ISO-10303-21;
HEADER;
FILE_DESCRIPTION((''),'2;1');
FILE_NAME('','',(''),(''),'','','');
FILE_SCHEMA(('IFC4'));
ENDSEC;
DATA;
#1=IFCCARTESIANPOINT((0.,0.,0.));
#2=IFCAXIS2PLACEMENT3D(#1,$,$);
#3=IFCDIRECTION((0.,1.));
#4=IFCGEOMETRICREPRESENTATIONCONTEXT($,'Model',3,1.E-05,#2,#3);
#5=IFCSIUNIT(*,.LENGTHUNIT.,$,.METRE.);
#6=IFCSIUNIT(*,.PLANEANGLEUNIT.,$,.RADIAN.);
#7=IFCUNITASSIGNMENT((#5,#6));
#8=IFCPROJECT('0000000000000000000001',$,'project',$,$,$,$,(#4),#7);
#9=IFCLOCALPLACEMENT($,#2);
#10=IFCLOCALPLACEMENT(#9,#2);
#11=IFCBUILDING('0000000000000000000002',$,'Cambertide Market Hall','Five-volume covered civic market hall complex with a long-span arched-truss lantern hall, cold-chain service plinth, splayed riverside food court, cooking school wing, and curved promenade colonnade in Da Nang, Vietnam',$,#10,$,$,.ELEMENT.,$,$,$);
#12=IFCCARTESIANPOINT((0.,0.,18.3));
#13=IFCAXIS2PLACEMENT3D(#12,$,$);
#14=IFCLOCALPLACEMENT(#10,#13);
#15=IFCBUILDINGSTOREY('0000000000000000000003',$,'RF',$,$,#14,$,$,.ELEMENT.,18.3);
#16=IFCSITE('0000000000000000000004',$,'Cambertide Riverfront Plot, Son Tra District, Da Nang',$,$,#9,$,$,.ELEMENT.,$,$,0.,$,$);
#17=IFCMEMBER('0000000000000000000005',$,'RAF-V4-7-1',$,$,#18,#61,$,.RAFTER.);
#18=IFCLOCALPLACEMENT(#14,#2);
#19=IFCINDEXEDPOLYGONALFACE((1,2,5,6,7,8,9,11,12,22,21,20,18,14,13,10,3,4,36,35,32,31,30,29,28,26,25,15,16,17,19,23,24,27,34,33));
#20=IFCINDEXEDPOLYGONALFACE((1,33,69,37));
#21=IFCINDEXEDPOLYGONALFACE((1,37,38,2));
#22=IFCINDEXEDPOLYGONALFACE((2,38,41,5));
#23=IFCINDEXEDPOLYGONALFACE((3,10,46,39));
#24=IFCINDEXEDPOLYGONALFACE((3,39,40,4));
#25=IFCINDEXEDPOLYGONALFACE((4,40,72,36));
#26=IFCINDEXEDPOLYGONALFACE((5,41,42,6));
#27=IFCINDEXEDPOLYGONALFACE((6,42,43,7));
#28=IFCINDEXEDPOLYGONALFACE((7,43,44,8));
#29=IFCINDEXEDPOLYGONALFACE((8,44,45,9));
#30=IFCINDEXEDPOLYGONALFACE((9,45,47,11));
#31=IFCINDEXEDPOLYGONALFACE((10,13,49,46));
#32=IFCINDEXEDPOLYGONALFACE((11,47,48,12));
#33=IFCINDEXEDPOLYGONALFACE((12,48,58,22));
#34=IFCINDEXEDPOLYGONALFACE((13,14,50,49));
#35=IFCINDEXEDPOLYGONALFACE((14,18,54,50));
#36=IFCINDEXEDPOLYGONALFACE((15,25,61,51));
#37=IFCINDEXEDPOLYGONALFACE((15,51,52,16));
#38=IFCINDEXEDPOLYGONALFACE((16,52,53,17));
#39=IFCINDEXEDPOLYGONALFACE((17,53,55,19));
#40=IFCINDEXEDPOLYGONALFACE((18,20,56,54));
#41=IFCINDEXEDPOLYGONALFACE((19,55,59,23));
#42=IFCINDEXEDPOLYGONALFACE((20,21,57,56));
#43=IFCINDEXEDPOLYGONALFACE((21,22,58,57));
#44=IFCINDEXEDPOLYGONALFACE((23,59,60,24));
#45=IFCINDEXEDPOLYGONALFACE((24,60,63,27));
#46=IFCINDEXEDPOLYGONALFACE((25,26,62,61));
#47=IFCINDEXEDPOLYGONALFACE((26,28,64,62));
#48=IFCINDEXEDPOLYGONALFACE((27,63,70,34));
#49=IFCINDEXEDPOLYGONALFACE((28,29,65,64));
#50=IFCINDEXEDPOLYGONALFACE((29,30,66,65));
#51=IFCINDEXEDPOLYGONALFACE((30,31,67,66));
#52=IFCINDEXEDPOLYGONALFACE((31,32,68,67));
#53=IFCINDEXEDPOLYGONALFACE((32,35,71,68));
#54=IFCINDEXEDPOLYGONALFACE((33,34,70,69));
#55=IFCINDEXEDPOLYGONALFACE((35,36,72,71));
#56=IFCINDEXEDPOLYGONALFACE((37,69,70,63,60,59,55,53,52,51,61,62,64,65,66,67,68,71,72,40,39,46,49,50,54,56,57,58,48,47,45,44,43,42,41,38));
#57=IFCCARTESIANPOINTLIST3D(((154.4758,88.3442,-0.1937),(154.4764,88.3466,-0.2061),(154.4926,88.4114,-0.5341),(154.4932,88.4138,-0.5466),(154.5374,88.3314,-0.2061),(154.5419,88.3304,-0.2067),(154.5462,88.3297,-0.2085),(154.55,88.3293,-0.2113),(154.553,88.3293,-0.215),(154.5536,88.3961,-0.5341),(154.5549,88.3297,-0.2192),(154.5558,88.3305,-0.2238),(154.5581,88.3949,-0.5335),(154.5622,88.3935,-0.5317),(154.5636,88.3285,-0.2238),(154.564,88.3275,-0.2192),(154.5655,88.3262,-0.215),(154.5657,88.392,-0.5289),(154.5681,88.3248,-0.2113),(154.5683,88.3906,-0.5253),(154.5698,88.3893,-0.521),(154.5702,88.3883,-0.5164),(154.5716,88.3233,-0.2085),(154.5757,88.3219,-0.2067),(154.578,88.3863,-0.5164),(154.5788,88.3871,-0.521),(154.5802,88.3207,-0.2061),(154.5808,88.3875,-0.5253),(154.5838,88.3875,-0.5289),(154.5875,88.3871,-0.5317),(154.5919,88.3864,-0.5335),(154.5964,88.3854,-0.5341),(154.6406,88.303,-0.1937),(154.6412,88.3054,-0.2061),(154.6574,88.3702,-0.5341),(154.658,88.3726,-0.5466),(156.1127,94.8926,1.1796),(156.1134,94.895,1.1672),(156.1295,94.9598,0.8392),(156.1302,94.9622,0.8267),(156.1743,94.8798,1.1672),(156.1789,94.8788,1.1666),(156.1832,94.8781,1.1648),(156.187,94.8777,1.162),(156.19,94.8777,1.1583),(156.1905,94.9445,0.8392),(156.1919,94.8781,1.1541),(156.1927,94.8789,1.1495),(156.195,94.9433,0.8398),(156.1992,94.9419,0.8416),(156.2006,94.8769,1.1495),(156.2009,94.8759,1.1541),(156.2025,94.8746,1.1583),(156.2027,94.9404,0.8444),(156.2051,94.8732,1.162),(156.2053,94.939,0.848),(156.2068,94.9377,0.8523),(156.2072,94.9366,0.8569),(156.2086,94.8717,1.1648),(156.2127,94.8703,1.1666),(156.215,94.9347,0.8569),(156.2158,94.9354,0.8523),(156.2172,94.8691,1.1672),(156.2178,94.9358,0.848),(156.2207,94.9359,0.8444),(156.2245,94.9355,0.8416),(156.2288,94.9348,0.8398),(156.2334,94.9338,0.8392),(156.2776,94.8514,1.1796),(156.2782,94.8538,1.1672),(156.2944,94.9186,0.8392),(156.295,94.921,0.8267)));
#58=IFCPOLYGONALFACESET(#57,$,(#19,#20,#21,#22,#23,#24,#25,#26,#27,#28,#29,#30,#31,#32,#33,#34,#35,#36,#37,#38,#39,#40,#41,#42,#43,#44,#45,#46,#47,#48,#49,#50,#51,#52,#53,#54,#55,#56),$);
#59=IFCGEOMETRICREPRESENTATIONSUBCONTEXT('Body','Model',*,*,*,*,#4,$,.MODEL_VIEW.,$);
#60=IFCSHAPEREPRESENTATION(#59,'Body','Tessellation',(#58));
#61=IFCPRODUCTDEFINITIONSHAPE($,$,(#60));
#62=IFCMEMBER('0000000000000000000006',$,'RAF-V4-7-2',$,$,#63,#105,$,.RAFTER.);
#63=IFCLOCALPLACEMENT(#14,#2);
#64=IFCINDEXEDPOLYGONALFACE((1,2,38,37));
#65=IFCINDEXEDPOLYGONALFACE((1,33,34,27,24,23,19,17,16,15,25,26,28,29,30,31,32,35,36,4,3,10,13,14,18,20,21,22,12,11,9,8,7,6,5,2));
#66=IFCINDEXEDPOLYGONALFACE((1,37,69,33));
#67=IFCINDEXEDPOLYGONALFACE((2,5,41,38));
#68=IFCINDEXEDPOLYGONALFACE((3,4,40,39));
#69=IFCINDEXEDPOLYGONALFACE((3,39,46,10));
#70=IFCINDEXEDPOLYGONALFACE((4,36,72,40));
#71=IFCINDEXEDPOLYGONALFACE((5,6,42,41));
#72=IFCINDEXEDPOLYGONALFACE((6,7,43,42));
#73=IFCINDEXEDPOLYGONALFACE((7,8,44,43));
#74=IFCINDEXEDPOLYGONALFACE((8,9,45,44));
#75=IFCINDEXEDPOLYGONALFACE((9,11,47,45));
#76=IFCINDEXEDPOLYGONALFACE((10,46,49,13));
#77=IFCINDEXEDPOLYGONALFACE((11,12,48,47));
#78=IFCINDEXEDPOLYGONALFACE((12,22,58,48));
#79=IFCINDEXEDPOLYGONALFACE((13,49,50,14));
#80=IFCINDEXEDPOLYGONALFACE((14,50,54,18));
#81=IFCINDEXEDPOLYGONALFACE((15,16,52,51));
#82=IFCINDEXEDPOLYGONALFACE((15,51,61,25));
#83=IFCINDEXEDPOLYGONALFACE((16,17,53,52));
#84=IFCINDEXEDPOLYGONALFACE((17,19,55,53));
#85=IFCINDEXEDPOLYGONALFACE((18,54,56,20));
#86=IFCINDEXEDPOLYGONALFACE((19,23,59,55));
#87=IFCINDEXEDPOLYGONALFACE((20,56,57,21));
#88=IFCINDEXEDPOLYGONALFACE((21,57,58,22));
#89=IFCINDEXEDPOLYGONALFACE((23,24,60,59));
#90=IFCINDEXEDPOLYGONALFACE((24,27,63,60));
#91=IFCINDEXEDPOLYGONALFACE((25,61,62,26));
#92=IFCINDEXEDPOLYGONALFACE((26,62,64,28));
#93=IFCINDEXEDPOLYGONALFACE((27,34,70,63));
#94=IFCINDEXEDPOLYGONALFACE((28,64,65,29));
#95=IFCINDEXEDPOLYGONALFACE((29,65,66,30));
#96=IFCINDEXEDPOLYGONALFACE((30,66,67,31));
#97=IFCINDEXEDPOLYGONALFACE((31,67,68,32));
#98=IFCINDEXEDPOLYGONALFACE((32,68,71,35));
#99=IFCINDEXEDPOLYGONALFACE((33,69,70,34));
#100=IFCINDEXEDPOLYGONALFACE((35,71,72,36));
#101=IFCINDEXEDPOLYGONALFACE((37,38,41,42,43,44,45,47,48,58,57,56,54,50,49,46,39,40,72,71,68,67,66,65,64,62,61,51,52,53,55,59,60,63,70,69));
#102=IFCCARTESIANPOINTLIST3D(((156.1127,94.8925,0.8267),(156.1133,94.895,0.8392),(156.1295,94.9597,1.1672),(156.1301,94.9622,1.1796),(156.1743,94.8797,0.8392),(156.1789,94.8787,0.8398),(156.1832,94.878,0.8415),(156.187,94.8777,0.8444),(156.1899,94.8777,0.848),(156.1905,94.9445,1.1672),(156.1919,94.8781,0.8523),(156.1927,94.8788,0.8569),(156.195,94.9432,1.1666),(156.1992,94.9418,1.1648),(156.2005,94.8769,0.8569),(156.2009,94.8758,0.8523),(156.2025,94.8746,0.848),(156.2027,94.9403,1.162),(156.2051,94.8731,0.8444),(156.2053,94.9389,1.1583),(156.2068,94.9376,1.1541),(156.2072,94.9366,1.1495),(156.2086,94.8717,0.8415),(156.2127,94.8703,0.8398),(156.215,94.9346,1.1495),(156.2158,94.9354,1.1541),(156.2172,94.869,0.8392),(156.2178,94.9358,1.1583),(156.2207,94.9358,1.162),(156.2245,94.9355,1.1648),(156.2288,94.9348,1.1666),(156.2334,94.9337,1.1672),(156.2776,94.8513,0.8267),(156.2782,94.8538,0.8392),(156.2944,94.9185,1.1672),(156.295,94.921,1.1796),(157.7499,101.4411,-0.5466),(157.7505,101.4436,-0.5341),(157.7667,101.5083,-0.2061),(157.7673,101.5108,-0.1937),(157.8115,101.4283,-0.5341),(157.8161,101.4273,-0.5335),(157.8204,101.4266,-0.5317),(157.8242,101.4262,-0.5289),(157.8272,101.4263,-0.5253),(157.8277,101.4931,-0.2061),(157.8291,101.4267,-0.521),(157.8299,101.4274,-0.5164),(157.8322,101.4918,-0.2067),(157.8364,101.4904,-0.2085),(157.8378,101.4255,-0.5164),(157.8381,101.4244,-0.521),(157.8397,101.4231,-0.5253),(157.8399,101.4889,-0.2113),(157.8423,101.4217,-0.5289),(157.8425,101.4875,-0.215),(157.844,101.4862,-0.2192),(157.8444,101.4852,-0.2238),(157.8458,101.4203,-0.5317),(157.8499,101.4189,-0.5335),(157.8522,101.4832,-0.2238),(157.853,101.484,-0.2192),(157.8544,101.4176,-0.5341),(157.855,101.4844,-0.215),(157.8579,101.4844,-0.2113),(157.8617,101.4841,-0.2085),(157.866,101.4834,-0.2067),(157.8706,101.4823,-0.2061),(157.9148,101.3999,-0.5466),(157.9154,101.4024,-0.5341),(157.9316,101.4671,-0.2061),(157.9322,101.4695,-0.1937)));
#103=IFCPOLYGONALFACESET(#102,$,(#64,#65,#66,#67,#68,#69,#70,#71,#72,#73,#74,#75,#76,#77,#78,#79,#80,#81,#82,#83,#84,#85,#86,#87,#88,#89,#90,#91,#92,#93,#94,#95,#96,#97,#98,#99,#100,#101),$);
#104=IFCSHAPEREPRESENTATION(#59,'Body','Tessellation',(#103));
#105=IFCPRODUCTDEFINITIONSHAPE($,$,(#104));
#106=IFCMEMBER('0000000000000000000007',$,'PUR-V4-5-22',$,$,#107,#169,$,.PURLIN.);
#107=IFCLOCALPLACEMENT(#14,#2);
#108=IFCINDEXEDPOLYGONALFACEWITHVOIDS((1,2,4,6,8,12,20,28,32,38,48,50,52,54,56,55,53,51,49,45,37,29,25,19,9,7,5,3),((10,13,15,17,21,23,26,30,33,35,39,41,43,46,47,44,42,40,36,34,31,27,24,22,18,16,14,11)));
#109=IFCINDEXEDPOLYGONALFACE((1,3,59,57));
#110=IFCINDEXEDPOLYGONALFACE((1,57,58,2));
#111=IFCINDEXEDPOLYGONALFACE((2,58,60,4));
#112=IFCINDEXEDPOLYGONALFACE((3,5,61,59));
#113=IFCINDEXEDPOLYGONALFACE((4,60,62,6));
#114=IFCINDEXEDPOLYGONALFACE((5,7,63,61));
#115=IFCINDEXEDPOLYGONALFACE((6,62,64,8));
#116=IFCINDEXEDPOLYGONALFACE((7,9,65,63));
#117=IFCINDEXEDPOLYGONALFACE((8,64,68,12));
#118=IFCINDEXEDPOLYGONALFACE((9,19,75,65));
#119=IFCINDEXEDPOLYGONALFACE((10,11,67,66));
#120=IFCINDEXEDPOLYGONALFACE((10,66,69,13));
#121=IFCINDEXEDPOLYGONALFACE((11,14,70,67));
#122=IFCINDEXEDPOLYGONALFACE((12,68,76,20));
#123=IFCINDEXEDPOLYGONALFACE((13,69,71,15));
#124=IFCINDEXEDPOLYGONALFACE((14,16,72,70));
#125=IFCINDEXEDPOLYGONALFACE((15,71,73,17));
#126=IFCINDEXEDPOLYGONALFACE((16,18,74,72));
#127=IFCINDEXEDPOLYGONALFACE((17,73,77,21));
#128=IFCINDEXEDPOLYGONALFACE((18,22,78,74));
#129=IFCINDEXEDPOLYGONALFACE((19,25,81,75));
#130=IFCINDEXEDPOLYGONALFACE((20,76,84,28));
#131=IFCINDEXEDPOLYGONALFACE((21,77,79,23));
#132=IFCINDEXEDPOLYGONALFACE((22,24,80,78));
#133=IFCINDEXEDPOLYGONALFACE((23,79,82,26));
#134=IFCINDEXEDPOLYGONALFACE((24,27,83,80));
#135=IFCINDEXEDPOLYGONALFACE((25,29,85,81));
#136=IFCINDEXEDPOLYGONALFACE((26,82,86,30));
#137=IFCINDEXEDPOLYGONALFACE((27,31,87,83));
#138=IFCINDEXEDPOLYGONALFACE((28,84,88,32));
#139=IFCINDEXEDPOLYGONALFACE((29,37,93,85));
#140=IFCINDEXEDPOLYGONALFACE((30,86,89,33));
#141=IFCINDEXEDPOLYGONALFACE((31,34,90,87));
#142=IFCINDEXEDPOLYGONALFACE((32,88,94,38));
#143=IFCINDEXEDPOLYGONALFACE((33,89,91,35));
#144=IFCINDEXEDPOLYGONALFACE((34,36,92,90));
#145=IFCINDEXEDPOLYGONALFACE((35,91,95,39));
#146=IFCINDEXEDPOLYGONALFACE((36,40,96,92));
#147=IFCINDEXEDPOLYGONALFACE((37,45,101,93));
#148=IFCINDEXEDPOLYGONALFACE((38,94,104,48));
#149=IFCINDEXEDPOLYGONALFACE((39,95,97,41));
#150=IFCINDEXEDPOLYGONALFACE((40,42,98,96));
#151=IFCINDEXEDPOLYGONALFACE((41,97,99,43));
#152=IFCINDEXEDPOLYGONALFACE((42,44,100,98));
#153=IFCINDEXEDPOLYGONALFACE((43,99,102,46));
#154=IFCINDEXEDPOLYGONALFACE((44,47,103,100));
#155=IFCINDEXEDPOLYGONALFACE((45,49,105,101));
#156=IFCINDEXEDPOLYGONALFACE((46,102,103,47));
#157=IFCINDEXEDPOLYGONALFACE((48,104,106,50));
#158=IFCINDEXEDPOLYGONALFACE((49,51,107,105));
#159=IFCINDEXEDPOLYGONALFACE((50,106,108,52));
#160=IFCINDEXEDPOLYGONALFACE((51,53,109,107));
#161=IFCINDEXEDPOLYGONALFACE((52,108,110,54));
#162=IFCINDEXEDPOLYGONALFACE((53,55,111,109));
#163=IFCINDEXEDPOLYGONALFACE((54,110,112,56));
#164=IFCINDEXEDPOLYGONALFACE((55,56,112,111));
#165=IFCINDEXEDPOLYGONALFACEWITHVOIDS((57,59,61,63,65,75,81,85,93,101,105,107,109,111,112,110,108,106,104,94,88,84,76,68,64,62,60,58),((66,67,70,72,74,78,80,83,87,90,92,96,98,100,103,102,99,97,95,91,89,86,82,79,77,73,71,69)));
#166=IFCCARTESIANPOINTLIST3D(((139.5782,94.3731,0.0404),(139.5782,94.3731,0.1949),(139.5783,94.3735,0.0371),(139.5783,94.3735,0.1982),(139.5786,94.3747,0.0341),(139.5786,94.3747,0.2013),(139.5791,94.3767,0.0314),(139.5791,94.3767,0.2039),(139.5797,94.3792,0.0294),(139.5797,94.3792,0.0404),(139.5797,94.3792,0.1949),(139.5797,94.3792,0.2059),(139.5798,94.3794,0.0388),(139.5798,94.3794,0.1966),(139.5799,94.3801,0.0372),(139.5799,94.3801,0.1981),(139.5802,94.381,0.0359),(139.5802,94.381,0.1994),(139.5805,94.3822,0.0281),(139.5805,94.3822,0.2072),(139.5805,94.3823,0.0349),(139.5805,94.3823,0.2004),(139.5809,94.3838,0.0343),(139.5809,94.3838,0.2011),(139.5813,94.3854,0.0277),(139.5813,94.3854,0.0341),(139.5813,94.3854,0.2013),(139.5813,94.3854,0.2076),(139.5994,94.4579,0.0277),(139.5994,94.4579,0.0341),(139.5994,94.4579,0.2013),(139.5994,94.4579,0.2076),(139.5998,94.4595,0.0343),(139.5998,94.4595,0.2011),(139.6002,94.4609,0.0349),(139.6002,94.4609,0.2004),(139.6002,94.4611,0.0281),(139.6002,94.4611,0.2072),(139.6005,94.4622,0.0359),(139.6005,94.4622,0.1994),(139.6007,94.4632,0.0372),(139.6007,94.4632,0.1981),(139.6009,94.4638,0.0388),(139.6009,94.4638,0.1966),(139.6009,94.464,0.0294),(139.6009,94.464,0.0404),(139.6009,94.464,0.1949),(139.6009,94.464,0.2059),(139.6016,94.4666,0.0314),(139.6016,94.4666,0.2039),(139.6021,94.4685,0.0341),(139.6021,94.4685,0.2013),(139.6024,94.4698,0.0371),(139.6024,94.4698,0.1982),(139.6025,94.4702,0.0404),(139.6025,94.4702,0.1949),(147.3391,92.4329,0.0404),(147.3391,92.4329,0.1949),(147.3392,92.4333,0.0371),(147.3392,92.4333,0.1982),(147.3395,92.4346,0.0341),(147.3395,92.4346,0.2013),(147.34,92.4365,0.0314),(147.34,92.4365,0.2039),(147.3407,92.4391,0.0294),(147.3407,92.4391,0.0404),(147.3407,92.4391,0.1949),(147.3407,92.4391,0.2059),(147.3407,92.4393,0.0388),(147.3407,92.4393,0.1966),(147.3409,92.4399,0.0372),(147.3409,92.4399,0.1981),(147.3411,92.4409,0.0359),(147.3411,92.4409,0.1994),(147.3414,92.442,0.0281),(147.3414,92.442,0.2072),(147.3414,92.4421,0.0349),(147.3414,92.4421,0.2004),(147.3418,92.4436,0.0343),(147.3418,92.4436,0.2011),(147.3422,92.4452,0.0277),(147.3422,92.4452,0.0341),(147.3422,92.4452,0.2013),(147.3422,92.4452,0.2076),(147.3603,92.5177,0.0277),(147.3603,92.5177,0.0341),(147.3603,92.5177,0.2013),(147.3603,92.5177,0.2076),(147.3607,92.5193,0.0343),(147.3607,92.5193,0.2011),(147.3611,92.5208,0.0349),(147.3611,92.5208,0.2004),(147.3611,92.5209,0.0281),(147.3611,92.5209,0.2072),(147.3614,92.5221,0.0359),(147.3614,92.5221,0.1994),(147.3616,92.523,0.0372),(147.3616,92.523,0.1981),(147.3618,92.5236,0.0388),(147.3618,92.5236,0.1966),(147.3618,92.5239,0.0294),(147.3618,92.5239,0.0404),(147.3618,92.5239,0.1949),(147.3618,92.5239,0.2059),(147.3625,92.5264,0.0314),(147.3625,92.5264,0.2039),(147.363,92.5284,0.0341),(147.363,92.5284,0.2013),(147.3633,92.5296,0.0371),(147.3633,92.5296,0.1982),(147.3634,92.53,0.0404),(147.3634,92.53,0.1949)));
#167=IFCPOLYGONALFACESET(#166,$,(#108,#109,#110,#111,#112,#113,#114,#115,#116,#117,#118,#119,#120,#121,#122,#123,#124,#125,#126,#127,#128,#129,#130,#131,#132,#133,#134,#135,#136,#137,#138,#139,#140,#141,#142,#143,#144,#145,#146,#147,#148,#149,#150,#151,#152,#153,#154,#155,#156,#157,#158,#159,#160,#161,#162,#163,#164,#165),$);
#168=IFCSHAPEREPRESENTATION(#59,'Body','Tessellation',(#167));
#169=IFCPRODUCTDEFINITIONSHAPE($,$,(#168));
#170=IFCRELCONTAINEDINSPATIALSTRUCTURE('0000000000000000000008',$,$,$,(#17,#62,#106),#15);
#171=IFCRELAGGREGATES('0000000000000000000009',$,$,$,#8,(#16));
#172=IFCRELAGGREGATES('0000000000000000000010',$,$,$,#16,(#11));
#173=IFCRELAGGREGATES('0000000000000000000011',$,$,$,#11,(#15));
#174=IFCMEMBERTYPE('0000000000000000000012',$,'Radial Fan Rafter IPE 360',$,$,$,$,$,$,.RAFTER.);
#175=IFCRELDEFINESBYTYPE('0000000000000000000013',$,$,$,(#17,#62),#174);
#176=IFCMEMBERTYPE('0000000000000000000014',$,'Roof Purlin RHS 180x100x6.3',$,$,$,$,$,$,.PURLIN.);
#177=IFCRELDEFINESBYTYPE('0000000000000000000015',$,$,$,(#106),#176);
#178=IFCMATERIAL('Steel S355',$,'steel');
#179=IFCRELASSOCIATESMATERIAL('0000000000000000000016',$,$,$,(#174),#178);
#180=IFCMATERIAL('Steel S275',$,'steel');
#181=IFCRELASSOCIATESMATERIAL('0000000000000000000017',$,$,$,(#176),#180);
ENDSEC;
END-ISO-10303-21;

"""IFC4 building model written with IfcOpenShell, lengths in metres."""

from ifc_helpers import new_model, si_unit, direction, frame, origin, origin_2d, place, context, subcontext, project, spatial, hollow_rectangle, i_section, extrude, material, material_profile, profile_set, type_object, element, save


model = new_model("IFC4")

# Units and contexts
model_context = context("Model", 3, precision=1e-05, world=origin(), true_north=direction((0.0, 1.0)))
body_context = subcontext(model_context, "Body", "Model", "MODEL_VIEW")
ifc_project = project(units=[si_unit("LENGTHUNIT", "METRE"), si_unit("PLANEANGLEUNIT", "RADIAN")], contexts=[model_context])

# Site, building, storey
site_placement = place(None, origin())
site = spatial("IfcSite", under=ifc_project, at=site_placement, Name="Cambertide Riverfront Plot, Son Tra District, Da Nang", CompositionType="ELEMENT", RefElevation=0.0)
building_placement = place(site_placement, origin())
building = spatial("IfcBuilding", under=site, at=building_placement, Name="Cambertide Market Hall", Description="Five-volume covered civic market hall complex with a long-span arched-truss lantern hall, cold-chain service plinth, splayed riverside food court, cooking school wing, and curved promenade colonnade in Da Nang, Vietnam", CompositionType="ELEMENT")
storey_placement = place(building_placement, frame((0.0, 0.0, 18.3)))
storey = spatial("IfcBuildingStorey", under=building, at=storey_placement, Name="RF", CompositionType="ELEMENT", Elevation=18.3)

# Members
ifc_material_1 = material(Name="Steel S355", Category="steel")
ifc_material_profile_1 = material_profile(ifc_material_1, i_section(OverallWidth=0.1699, OverallDepth=0.3601, WebThickness=0.0081, FlangeThickness=0.0127, FilletRadius=0.0181, at=origin_2d()), Name="IPE 360")
ifc_profile_set_1 = profile_set([ifc_material_profile_1], Name="Steel S355")
member_type_1 = type_object("IfcMemberType", Name="Radial Fan Rafter IPE 360", PredefinedType="RAFTER", material=ifc_profile_set_1)
member_1_placement = place(storey_placement, frame((154.5669, 88.3584, -0.3701), z_axis=(0.23765, 0.95067, 0.199371), x_axis=(-0.970147, 0.242519, 0.0)))
element("IfcMember", 1, at=member_1_placement, inside=storey, type_object=member_type_1, Name="RAF-V4-7-1", PredefinedType="RAFTER", context=body_context, shape_type="SweptSolid", body=[
    extrude(i_section(OverallWidth=0.1699, OverallDepth=0.3601, WebThickness=0.0081, FlangeThickness=0.0127, FilletRadius=0.0181, at=origin_2d()), origin(), (0.0, 0.0, 1.0), 6.8882),
])
member_2_placement = place(storey_placement, frame((156.2039, 94.9067, 1.0032), z_axis=(0.237675, 0.950666, -0.199362), x_axis=(-0.97014, 0.242544, 0.0)))
element("IfcMember", 2, at=member_2_placement, inside=storey, type_object=member_type_1, Name="RAF-V4-7-2", PredefinedType="RAFTER", context=body_context, shape_type="SweptSolid", body=[
    extrude(i_section(OverallWidth=0.1699, OverallDepth=0.3601, WebThickness=0.0081, FlangeThickness=0.0127, FilletRadius=0.0181, at=origin_2d()), origin(), (0.0, 0.0, 1.0), 6.8884),
])
ifc_material_2 = material(Name="Steel S275", Category="steel")
ifc_material_profile_2 = material_profile(ifc_material_2, hollow_rectangle(XDim=0.1001, YDim=0.1799, WallThickness=0.0063, InnerFilletRadius=0.0063, OuterFilletRadius=0.0127, at=origin_2d()), Name="RHS 180x100x6.3")
ifc_profile_set_2 = profile_set([ifc_material_profile_2], Name="Steel S275")
member_type_2 = type_object("IfcMemberType", Name="Roof Purlin RHS 180x100x6.3", PredefinedType="PURLIN", material=ifc_profile_set_2)
member_3_placement = place(storey_placement, frame((139.5903, 94.4216, 0.1177), z_axis=(0.970144, -0.242528, 0.0), x_axis=(0.242528, 0.970144, 0.0)))
element("IfcMember", 3, at=member_3_placement, inside=storey, type_object=member_type_2, Name="PUR-V4-5-22", PredefinedType="PURLIN", context=body_context, shape_type="SweptSolid", body=[
    extrude(hollow_rectangle(XDim=0.1001, YDim=0.1799, WallThickness=0.0063, InnerFilletRadius=0.0063, OuterFilletRadius=0.0127, at=origin_2d()), origin(), (0.0, 0.0, 1.0), 7.9998),
])

save(model, "model.ifc")
